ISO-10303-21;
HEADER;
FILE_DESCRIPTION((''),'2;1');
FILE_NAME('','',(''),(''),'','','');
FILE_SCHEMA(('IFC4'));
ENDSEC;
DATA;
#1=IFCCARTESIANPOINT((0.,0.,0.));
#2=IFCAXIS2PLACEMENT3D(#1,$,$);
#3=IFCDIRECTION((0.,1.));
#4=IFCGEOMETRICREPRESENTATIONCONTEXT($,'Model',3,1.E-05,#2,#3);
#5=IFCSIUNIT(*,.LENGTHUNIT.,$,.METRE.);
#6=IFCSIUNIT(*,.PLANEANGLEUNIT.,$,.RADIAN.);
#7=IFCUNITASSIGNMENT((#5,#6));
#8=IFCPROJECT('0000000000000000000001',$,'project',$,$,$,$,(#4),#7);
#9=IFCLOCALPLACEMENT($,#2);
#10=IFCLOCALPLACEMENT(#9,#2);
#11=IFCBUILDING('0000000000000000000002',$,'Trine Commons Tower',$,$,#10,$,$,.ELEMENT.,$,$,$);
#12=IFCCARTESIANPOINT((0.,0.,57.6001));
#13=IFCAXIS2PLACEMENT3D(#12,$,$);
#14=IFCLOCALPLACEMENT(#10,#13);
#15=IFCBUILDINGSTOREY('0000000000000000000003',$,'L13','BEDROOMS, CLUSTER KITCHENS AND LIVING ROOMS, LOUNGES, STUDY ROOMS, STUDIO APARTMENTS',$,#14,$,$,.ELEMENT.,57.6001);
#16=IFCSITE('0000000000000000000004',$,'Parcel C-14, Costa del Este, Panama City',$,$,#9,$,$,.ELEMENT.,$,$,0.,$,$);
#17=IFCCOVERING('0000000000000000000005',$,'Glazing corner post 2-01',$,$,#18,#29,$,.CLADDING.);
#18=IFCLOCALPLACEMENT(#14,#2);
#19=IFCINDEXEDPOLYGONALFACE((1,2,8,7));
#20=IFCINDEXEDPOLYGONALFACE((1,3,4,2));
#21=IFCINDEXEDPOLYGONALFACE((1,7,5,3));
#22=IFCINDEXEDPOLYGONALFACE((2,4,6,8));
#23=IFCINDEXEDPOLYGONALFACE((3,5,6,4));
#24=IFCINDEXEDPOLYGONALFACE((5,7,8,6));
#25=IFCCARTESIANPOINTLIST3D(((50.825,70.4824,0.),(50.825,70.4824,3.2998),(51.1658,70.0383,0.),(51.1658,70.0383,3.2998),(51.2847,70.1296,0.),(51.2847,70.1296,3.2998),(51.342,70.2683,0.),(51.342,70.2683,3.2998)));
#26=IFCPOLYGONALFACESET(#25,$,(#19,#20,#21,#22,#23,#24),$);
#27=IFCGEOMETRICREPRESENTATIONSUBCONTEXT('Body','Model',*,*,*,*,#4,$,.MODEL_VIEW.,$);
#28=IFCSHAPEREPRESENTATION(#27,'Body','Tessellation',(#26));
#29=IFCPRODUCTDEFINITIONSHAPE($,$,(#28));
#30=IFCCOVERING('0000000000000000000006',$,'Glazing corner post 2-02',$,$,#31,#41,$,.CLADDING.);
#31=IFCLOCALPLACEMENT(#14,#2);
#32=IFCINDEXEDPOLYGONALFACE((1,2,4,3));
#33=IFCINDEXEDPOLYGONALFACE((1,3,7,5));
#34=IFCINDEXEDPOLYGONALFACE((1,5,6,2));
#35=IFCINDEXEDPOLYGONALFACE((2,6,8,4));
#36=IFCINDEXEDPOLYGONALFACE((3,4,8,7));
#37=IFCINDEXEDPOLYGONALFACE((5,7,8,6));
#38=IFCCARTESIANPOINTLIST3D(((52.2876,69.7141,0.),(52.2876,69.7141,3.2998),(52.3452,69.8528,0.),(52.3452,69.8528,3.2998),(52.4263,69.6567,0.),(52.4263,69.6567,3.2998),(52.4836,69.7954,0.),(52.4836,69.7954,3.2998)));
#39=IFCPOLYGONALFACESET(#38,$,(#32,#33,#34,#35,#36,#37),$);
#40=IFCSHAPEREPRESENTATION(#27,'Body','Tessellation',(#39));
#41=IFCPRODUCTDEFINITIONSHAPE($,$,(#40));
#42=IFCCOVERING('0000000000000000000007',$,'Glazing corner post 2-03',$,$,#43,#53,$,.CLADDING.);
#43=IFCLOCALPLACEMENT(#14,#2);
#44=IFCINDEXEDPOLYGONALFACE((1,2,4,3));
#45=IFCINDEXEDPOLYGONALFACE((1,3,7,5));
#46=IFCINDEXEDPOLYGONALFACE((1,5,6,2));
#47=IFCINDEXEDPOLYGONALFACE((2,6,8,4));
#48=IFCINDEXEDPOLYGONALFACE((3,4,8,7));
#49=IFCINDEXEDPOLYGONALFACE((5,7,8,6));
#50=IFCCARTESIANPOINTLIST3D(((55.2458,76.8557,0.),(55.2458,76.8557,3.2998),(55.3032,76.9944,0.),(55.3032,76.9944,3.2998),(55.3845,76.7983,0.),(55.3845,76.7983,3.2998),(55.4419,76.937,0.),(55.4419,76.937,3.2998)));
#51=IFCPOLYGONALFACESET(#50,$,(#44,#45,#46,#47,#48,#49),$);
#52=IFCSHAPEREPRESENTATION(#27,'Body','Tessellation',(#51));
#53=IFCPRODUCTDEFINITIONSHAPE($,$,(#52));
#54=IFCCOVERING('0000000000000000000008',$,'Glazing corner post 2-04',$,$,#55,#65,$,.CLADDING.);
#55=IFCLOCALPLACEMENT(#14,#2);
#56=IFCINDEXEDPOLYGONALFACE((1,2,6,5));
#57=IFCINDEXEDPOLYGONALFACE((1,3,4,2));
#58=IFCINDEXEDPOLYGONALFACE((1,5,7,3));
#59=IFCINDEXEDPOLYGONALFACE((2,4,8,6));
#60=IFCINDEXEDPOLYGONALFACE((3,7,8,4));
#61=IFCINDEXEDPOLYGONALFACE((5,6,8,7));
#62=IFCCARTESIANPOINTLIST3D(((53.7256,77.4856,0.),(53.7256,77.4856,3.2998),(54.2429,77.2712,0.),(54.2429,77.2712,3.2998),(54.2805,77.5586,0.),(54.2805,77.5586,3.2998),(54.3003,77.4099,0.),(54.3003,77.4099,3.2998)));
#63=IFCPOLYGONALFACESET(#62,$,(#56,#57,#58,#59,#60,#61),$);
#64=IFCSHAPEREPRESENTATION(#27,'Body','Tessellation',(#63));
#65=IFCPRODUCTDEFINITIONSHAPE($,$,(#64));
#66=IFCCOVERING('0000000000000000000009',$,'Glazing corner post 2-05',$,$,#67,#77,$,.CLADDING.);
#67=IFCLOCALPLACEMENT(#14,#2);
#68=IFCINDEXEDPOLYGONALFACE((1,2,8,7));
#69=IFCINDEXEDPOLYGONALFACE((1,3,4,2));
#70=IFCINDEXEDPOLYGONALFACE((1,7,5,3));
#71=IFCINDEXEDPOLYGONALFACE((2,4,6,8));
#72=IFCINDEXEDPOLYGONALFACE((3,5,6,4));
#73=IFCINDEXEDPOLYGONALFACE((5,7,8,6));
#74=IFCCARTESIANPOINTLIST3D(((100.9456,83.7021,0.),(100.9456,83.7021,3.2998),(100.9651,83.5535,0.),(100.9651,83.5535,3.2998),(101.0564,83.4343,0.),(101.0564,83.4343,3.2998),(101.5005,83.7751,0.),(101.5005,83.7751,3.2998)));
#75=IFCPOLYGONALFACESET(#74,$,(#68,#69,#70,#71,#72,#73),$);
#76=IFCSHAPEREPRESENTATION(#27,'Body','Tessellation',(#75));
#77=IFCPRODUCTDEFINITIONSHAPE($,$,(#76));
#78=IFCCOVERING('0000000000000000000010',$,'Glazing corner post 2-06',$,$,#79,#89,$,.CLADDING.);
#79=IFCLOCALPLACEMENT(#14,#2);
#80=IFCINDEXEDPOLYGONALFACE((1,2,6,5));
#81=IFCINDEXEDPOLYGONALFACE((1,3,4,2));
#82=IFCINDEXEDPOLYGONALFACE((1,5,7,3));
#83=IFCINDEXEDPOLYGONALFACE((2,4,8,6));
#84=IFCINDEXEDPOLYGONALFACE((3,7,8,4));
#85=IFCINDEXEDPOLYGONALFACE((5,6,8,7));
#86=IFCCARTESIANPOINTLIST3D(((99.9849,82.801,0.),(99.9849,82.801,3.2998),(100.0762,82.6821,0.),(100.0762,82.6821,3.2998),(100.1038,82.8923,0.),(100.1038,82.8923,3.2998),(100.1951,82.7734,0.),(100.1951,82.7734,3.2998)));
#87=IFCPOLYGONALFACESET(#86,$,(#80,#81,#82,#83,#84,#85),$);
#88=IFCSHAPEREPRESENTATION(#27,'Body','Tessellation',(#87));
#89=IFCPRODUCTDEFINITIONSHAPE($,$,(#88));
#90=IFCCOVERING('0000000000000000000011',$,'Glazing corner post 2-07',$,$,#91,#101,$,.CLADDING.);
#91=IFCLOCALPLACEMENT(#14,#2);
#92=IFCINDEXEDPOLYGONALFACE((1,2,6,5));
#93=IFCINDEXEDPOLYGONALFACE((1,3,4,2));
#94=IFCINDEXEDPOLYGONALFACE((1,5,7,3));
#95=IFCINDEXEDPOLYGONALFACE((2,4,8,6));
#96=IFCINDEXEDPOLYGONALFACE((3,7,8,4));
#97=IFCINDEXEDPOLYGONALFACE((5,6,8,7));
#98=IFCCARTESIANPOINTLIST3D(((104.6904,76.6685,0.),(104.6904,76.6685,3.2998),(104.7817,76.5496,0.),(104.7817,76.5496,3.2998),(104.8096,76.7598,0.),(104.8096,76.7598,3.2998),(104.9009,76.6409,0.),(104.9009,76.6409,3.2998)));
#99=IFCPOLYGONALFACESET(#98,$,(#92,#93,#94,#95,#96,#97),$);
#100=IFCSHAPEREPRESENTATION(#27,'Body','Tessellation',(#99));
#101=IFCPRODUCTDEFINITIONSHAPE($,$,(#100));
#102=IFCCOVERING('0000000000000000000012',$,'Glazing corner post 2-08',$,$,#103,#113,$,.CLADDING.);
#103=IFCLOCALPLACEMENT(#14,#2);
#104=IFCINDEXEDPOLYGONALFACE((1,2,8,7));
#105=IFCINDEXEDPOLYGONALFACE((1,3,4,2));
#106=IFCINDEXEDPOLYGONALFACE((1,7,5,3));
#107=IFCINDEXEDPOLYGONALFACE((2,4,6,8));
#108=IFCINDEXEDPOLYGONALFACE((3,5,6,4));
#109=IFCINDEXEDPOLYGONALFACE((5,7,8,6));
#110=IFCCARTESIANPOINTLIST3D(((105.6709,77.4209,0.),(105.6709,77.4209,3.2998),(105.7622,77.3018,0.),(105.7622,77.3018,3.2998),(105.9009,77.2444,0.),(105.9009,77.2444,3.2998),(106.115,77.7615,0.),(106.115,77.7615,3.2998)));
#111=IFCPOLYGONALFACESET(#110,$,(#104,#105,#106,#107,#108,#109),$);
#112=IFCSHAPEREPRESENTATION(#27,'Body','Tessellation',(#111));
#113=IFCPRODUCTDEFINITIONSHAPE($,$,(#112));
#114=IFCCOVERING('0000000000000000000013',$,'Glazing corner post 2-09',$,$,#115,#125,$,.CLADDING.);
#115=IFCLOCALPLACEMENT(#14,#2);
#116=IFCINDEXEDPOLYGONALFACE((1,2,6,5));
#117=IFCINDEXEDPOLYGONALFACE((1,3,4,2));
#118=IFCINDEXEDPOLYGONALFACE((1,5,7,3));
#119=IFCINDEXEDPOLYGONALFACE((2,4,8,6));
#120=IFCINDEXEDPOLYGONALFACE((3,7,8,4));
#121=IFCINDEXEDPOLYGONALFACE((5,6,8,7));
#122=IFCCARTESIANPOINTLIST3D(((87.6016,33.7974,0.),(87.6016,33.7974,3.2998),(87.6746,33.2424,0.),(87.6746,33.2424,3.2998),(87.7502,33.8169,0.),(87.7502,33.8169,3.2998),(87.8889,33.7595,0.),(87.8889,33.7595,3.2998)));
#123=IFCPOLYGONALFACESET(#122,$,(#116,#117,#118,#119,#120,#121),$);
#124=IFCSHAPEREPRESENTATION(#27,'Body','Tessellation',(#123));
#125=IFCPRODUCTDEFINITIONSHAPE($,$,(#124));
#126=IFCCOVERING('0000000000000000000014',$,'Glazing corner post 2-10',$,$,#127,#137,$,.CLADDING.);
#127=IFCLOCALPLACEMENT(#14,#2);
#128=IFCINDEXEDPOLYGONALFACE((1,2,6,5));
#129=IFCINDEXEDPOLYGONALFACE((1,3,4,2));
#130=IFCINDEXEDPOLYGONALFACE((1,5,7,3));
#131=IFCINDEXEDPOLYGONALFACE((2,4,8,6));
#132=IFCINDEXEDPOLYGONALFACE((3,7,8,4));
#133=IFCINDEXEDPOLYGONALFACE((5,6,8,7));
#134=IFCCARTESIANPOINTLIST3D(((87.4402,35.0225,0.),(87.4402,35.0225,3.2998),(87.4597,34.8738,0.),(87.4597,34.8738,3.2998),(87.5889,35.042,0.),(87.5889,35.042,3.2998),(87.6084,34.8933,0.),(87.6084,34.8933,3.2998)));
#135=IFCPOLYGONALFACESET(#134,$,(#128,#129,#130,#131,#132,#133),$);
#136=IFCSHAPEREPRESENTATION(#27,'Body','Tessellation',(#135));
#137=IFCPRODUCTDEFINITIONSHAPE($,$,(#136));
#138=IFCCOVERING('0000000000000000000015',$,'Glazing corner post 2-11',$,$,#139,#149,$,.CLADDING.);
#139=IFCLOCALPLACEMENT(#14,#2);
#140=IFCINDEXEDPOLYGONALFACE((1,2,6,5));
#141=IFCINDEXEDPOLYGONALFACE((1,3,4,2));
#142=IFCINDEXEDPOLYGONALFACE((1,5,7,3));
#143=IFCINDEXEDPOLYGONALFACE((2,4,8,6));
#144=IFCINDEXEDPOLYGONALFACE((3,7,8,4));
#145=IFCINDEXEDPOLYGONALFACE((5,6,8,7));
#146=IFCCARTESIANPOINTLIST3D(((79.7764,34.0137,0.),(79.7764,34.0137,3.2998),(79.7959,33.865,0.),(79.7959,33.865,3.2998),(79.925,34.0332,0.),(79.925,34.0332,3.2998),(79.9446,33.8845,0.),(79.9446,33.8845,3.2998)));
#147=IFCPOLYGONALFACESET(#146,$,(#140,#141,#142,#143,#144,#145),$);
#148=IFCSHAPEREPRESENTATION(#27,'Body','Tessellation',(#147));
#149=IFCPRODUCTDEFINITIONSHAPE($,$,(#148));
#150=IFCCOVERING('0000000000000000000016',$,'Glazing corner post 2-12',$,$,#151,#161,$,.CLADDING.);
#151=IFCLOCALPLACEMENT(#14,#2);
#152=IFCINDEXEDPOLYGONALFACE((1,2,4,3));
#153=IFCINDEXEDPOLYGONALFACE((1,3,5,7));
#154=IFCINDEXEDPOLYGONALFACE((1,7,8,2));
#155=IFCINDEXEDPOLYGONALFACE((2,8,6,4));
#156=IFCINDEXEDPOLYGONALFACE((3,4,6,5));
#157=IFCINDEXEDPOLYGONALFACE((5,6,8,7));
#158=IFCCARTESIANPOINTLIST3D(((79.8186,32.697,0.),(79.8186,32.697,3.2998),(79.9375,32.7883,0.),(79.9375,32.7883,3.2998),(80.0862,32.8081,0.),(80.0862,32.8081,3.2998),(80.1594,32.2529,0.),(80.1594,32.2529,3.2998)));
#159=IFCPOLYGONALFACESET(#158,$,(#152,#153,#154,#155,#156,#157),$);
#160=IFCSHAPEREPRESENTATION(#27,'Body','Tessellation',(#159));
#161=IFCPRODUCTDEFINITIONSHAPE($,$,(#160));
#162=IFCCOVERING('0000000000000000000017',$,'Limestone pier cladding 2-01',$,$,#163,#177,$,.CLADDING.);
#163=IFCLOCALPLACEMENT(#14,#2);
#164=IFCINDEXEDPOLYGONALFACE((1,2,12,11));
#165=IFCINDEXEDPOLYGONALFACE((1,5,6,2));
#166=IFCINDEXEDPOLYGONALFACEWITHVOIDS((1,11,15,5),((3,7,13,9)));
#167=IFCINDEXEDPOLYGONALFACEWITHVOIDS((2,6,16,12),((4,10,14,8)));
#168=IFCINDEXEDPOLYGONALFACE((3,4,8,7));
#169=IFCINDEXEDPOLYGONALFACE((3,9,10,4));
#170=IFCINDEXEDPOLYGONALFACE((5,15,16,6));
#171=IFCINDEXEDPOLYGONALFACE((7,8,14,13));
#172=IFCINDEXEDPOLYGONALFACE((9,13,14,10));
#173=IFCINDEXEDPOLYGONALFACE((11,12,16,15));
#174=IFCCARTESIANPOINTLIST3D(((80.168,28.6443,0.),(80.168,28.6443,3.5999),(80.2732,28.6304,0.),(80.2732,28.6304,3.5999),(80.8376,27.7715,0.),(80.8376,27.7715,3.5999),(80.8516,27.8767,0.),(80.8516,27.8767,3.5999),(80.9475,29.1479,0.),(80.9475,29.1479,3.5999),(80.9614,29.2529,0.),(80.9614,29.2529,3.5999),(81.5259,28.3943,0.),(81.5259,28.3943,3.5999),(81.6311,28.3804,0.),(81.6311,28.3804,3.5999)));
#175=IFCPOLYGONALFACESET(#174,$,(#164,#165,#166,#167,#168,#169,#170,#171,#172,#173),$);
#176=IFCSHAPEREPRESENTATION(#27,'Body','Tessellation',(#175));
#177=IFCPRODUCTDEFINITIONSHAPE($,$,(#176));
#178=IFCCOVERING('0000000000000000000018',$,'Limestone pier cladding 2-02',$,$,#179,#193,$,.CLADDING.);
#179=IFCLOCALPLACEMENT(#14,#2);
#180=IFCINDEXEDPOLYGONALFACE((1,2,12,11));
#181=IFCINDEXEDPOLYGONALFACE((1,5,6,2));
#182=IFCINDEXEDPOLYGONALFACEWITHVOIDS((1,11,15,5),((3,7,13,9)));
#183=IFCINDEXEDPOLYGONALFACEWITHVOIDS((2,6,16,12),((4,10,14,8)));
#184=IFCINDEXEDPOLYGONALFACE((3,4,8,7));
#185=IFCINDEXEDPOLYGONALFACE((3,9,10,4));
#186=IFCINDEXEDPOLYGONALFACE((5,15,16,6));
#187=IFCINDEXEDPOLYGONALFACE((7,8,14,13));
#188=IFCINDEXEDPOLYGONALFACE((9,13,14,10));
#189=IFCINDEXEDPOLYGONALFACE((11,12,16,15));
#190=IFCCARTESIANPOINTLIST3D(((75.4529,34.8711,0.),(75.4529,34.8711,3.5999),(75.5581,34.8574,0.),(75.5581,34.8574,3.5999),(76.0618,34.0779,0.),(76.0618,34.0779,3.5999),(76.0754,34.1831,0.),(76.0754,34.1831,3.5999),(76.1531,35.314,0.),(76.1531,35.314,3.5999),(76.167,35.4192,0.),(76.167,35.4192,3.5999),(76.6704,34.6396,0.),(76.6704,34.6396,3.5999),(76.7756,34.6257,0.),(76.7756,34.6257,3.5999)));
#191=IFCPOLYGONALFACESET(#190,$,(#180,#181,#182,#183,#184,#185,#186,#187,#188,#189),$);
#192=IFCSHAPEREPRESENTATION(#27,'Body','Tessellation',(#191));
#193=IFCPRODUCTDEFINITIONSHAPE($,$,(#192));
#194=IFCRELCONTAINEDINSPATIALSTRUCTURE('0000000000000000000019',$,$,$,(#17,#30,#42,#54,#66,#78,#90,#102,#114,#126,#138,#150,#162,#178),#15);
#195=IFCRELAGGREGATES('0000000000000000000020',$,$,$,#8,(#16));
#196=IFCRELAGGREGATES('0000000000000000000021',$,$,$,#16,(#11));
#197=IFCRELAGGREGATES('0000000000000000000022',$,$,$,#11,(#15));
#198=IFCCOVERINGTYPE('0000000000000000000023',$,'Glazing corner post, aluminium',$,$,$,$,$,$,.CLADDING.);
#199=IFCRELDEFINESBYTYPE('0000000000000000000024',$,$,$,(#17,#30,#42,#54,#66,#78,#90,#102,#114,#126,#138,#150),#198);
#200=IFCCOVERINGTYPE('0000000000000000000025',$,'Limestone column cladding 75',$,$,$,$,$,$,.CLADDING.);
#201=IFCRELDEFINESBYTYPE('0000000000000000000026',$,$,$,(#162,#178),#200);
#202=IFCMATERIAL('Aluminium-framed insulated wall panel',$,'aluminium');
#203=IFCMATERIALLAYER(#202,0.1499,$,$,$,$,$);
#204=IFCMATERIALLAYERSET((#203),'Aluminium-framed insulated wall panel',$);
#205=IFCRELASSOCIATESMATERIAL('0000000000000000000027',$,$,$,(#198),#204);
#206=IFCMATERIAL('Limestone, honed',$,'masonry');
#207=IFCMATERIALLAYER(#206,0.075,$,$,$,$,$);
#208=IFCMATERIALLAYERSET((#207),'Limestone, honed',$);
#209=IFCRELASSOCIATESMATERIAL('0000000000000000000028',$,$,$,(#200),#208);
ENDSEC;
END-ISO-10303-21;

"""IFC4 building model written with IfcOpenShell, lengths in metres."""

from ifc_helpers import new_model, si_unit, direction, frame, origin, place, context, subcontext, project, spatial, polyline, outline, extrude, material, layer, layer_set, type_object, element, save


model = new_model("IFC4")

# Units and contexts
model_context = context("Model", 3, precision=1e-05, world=origin(), true_north=direction((0.0, 1.0)))
body_context = subcontext(model_context, "Body", "Model", "MODEL_VIEW")
ifc_project = project(units=[si_unit("LENGTHUNIT", "METRE"), si_unit("PLANEANGLEUNIT", "RADIAN")], contexts=[model_context])

# Site, building, storey
site_placement = place(None, origin())
site = spatial("IfcSite", under=ifc_project, at=site_placement, Name="Parcel C-14, Costa del Este, Panama City", CompositionType="ELEMENT", RefElevation=0.0)
building_placement = place(site_placement, origin())
building = spatial("IfcBuilding", under=site, at=building_placement, Name="Trine Commons Tower", CompositionType="ELEMENT")
storey_placement = place(building_placement, frame((0.0, 0.0, 57.6001)))
storey = spatial("IfcBuildingStorey", under=building, at=storey_placement, Name="L13", Description="BEDROOMS, CLUSTER KITCHENS AND LIVING ROOMS, LOUNGES, STUDY ROOMS, STUDIO APARTMENTS", CompositionType="ELEMENT", Elevation=57.6001)

# Coverings
ifc_material_1 = material(Name="Aluminium-framed insulated wall panel", Category="aluminium")
ifc_layer_1 = layer(ifc_material_1, 0.1499)
ifc_layer_set_1 = layer_set([ifc_layer_1], Name="Aluminium-framed insulated wall panel")
covering_type_1 = type_object("IfcCoveringType", Name="Glazing corner post, aluminium", PredefinedType="CLADDING", material=ifc_layer_set_1)
covering_1_placement = place(storey_placement, origin())
element("IfcCovering", 1, at=covering_1_placement, inside=storey, type_object=covering_type_1, Name="Glazing corner post 2-01", PredefinedType="CLADDING", context=body_context, shape_type="SweptSolid", body=[
    extrude(outline(polyline([(51.1658, 70.0383), (51.2847, 70.1296), (51.342, 70.2683), (50.825, 70.4824), (51.1658, 70.0383)])), origin(), (0.0, 0.0, 1.0), 3.2998),
])
covering_2_placement = place(storey_placement, origin())
element("IfcCovering", 2, at=covering_2_placement, inside=storey, type_object=covering_type_1, Name="Glazing corner post 2-02", PredefinedType="CLADDING", context=body_context, shape_type="SweptSolid", body=[
    extrude(outline(polyline([(52.2876, 69.7141), (52.4263, 69.6567), (52.4836, 69.7954), (52.3452, 69.8528), (52.2876, 69.7141)])), origin(), (0.0, 0.0, 1.0), 3.2998),
])
covering_3_placement = place(storey_placement, origin())
element("IfcCovering", 3, at=covering_3_placement, inside=storey, type_object=covering_type_1, Name="Glazing corner post 2-03", PredefinedType="CLADDING", context=body_context, shape_type="SweptSolid", body=[
    extrude(outline(polyline([(55.3845, 76.7983), (55.4419, 76.937), (55.3032, 76.9944), (55.2458, 76.8557), (55.3845, 76.7983)])), origin(), (0.0, 0.0, 1.0), 3.2998),
])
covering_4_placement = place(storey_placement, origin())
element("IfcCovering", 4, at=covering_4_placement, inside=storey, type_object=covering_type_1, Name="Glazing corner post 2-04", PredefinedType="CLADDING", context=body_context, shape_type="SweptSolid", body=[
    extrude(outline(polyline([(54.2429, 77.2712), (54.3003, 77.4099), (54.2805, 77.5586), (53.7256, 77.4856), (54.2429, 77.2712)])), origin(), (0.0, 0.0, 1.0), 3.2998),
])
covering_5_placement = place(storey_placement, origin())
element("IfcCovering", 5, at=covering_5_placement, inside=storey, type_object=covering_type_1, Name="Glazing corner post 2-05", PredefinedType="CLADDING", context=body_context, shape_type="SweptSolid", body=[
    extrude(outline(polyline([(101.0564, 83.4343), (101.5005, 83.7751), (100.9456, 83.7021), (100.9651, 83.5535), (101.0564, 83.4343)])), origin(), (0.0, 0.0, 1.0), 3.2998),
])
covering_6_placement = place(storey_placement, origin())
element("IfcCovering", 6, at=covering_6_placement, inside=storey, type_object=covering_type_1, Name="Glazing corner post 2-06", PredefinedType="CLADDING", context=body_context, shape_type="SweptSolid", body=[
    extrude(outline(polyline([(100.0762, 82.6821), (100.1951, 82.7734), (100.1038, 82.8923), (99.9849, 82.801), (100.0762, 82.6821)])), origin(), (0.0, 0.0, 1.0), 3.2998),
])
covering_7_placement = place(storey_placement, origin())
element("IfcCovering", 7, at=covering_7_placement, inside=storey, type_object=covering_type_1, Name="Glazing corner post 2-07", PredefinedType="CLADDING", context=body_context, shape_type="SweptSolid", body=[
    extrude(outline(polyline([(104.6904, 76.6685), (104.7817, 76.5496), (104.9009, 76.6409), (104.8096, 76.7598), (104.6904, 76.6685)])), origin(), (0.0, 0.0, 1.0), 3.2998),
])
covering_8_placement = place(storey_placement, origin())
element("IfcCovering", 8, at=covering_8_placement, inside=storey, type_object=covering_type_1, Name="Glazing corner post 2-08", PredefinedType="CLADDING", context=body_context, shape_type="SweptSolid", body=[
    extrude(outline(polyline([(105.9009, 77.2444), (106.115, 77.7615), (105.6709, 77.4209), (105.7622, 77.3018), (105.9009, 77.2444)])), origin(), (0.0, 0.0, 1.0), 3.2998),
])
covering_9_placement = place(storey_placement, origin())
element("IfcCovering", 9, at=covering_9_placement, inside=storey, type_object=covering_type_1, Name="Glazing corner post 2-09", PredefinedType="CLADDING", context=body_context, shape_type="SweptSolid", body=[
    extrude(outline(polyline([(87.6016, 33.7974), (87.6746, 33.2424), (87.8889, 33.7595), (87.7502, 33.8169), (87.6016, 33.7974)])), origin(), (0.0, 0.0, 1.0), 3.2998),
])
covering_10_placement = place(storey_placement, origin())
element("IfcCovering", 10, at=covering_10_placement, inside=storey, type_object=covering_type_1, Name="Glazing corner post 2-10", PredefinedType="CLADDING", context=body_context, shape_type="SweptSolid", body=[
    extrude(outline(polyline([(87.4402, 35.0225), (87.4597, 34.8738), (87.6084, 34.8933), (87.5889, 35.042), (87.4402, 35.0225)])), origin(), (0.0, 0.0, 1.0), 3.2998),
])
covering_11_placement = place(storey_placement, origin())
element("IfcCovering", 11, at=covering_11_placement, inside=storey, type_object=covering_type_1, Name="Glazing corner post 2-11", PredefinedType="CLADDING", context=body_context, shape_type="SweptSolid", body=[
    extrude(outline(polyline([(79.7959, 33.865), (79.9446, 33.8845), (79.925, 34.0332), (79.7764, 34.0137), (79.7959, 33.865)])), origin(), (0.0, 0.0, 1.0), 3.2998),
])
covering_12_placement = place(storey_placement, origin())
element("IfcCovering", 12, at=covering_12_placement, inside=storey, type_object=covering_type_1, Name="Glazing corner post 2-12", PredefinedType="CLADDING", context=body_context, shape_type="SweptSolid", body=[
    extrude(outline(polyline([(79.8186, 32.697), (80.1594, 32.2529), (80.0862, 32.8081), (79.9375, 32.7883), (79.8186, 32.697)])), origin(), (0.0, 0.0, 1.0), 3.2998),
])
ifc_material_2 = material(Name="Limestone, honed", Category="masonry")
ifc_layer_2 = layer(ifc_material_2, 0.075)
ifc_layer_set_2 = layer_set([ifc_layer_2], Name="Limestone, honed")
covering_type_2 = type_object("IfcCoveringType", Name="Limestone column cladding 75", PredefinedType="CLADDING", material=ifc_layer_set_2)
covering_13_placement = place(storey_placement, origin())
element("IfcCovering", 13, at=covering_13_placement, inside=storey, type_object=covering_type_2, Name="Limestone pier cladding 2-01", PredefinedType="CLADDING", context=body_context, shape_type="SweptSolid", body=[
    extrude(outline(polyline([(80.9614, 29.2529), (80.168, 28.6443), (80.8376, 27.7715), (81.6311, 28.3804), (80.9614, 29.2529)]), holes=[polyline([(80.9475, 29.1479), (80.2732, 28.6304), (80.8516, 27.8767), (81.5259, 28.3943), (80.9475, 29.1479)])]), origin(), (0.0, 0.0, 1.0), 3.5999),
])
covering_14_placement = place(storey_placement, origin())
element("IfcCovering", 14, at=covering_14_placement, inside=storey, type_object=covering_type_2, Name="Limestone pier cladding 2-02", PredefinedType="CLADDING", context=body_context, shape_type="SweptSolid", body=[
    extrude(outline(polyline([(76.167, 35.4192), (75.4529, 34.8711), (76.0618, 34.0779), (76.7756, 34.6257), (76.167, 35.4192)]), holes=[polyline([(76.1531, 35.314), (75.5581, 34.8574), (76.0754, 34.1831), (76.6704, 34.6396), (76.1531, 35.314)])]), origin(), (0.0, 0.0, 1.0), 3.5999),
])

save(model, "model.ifc")
